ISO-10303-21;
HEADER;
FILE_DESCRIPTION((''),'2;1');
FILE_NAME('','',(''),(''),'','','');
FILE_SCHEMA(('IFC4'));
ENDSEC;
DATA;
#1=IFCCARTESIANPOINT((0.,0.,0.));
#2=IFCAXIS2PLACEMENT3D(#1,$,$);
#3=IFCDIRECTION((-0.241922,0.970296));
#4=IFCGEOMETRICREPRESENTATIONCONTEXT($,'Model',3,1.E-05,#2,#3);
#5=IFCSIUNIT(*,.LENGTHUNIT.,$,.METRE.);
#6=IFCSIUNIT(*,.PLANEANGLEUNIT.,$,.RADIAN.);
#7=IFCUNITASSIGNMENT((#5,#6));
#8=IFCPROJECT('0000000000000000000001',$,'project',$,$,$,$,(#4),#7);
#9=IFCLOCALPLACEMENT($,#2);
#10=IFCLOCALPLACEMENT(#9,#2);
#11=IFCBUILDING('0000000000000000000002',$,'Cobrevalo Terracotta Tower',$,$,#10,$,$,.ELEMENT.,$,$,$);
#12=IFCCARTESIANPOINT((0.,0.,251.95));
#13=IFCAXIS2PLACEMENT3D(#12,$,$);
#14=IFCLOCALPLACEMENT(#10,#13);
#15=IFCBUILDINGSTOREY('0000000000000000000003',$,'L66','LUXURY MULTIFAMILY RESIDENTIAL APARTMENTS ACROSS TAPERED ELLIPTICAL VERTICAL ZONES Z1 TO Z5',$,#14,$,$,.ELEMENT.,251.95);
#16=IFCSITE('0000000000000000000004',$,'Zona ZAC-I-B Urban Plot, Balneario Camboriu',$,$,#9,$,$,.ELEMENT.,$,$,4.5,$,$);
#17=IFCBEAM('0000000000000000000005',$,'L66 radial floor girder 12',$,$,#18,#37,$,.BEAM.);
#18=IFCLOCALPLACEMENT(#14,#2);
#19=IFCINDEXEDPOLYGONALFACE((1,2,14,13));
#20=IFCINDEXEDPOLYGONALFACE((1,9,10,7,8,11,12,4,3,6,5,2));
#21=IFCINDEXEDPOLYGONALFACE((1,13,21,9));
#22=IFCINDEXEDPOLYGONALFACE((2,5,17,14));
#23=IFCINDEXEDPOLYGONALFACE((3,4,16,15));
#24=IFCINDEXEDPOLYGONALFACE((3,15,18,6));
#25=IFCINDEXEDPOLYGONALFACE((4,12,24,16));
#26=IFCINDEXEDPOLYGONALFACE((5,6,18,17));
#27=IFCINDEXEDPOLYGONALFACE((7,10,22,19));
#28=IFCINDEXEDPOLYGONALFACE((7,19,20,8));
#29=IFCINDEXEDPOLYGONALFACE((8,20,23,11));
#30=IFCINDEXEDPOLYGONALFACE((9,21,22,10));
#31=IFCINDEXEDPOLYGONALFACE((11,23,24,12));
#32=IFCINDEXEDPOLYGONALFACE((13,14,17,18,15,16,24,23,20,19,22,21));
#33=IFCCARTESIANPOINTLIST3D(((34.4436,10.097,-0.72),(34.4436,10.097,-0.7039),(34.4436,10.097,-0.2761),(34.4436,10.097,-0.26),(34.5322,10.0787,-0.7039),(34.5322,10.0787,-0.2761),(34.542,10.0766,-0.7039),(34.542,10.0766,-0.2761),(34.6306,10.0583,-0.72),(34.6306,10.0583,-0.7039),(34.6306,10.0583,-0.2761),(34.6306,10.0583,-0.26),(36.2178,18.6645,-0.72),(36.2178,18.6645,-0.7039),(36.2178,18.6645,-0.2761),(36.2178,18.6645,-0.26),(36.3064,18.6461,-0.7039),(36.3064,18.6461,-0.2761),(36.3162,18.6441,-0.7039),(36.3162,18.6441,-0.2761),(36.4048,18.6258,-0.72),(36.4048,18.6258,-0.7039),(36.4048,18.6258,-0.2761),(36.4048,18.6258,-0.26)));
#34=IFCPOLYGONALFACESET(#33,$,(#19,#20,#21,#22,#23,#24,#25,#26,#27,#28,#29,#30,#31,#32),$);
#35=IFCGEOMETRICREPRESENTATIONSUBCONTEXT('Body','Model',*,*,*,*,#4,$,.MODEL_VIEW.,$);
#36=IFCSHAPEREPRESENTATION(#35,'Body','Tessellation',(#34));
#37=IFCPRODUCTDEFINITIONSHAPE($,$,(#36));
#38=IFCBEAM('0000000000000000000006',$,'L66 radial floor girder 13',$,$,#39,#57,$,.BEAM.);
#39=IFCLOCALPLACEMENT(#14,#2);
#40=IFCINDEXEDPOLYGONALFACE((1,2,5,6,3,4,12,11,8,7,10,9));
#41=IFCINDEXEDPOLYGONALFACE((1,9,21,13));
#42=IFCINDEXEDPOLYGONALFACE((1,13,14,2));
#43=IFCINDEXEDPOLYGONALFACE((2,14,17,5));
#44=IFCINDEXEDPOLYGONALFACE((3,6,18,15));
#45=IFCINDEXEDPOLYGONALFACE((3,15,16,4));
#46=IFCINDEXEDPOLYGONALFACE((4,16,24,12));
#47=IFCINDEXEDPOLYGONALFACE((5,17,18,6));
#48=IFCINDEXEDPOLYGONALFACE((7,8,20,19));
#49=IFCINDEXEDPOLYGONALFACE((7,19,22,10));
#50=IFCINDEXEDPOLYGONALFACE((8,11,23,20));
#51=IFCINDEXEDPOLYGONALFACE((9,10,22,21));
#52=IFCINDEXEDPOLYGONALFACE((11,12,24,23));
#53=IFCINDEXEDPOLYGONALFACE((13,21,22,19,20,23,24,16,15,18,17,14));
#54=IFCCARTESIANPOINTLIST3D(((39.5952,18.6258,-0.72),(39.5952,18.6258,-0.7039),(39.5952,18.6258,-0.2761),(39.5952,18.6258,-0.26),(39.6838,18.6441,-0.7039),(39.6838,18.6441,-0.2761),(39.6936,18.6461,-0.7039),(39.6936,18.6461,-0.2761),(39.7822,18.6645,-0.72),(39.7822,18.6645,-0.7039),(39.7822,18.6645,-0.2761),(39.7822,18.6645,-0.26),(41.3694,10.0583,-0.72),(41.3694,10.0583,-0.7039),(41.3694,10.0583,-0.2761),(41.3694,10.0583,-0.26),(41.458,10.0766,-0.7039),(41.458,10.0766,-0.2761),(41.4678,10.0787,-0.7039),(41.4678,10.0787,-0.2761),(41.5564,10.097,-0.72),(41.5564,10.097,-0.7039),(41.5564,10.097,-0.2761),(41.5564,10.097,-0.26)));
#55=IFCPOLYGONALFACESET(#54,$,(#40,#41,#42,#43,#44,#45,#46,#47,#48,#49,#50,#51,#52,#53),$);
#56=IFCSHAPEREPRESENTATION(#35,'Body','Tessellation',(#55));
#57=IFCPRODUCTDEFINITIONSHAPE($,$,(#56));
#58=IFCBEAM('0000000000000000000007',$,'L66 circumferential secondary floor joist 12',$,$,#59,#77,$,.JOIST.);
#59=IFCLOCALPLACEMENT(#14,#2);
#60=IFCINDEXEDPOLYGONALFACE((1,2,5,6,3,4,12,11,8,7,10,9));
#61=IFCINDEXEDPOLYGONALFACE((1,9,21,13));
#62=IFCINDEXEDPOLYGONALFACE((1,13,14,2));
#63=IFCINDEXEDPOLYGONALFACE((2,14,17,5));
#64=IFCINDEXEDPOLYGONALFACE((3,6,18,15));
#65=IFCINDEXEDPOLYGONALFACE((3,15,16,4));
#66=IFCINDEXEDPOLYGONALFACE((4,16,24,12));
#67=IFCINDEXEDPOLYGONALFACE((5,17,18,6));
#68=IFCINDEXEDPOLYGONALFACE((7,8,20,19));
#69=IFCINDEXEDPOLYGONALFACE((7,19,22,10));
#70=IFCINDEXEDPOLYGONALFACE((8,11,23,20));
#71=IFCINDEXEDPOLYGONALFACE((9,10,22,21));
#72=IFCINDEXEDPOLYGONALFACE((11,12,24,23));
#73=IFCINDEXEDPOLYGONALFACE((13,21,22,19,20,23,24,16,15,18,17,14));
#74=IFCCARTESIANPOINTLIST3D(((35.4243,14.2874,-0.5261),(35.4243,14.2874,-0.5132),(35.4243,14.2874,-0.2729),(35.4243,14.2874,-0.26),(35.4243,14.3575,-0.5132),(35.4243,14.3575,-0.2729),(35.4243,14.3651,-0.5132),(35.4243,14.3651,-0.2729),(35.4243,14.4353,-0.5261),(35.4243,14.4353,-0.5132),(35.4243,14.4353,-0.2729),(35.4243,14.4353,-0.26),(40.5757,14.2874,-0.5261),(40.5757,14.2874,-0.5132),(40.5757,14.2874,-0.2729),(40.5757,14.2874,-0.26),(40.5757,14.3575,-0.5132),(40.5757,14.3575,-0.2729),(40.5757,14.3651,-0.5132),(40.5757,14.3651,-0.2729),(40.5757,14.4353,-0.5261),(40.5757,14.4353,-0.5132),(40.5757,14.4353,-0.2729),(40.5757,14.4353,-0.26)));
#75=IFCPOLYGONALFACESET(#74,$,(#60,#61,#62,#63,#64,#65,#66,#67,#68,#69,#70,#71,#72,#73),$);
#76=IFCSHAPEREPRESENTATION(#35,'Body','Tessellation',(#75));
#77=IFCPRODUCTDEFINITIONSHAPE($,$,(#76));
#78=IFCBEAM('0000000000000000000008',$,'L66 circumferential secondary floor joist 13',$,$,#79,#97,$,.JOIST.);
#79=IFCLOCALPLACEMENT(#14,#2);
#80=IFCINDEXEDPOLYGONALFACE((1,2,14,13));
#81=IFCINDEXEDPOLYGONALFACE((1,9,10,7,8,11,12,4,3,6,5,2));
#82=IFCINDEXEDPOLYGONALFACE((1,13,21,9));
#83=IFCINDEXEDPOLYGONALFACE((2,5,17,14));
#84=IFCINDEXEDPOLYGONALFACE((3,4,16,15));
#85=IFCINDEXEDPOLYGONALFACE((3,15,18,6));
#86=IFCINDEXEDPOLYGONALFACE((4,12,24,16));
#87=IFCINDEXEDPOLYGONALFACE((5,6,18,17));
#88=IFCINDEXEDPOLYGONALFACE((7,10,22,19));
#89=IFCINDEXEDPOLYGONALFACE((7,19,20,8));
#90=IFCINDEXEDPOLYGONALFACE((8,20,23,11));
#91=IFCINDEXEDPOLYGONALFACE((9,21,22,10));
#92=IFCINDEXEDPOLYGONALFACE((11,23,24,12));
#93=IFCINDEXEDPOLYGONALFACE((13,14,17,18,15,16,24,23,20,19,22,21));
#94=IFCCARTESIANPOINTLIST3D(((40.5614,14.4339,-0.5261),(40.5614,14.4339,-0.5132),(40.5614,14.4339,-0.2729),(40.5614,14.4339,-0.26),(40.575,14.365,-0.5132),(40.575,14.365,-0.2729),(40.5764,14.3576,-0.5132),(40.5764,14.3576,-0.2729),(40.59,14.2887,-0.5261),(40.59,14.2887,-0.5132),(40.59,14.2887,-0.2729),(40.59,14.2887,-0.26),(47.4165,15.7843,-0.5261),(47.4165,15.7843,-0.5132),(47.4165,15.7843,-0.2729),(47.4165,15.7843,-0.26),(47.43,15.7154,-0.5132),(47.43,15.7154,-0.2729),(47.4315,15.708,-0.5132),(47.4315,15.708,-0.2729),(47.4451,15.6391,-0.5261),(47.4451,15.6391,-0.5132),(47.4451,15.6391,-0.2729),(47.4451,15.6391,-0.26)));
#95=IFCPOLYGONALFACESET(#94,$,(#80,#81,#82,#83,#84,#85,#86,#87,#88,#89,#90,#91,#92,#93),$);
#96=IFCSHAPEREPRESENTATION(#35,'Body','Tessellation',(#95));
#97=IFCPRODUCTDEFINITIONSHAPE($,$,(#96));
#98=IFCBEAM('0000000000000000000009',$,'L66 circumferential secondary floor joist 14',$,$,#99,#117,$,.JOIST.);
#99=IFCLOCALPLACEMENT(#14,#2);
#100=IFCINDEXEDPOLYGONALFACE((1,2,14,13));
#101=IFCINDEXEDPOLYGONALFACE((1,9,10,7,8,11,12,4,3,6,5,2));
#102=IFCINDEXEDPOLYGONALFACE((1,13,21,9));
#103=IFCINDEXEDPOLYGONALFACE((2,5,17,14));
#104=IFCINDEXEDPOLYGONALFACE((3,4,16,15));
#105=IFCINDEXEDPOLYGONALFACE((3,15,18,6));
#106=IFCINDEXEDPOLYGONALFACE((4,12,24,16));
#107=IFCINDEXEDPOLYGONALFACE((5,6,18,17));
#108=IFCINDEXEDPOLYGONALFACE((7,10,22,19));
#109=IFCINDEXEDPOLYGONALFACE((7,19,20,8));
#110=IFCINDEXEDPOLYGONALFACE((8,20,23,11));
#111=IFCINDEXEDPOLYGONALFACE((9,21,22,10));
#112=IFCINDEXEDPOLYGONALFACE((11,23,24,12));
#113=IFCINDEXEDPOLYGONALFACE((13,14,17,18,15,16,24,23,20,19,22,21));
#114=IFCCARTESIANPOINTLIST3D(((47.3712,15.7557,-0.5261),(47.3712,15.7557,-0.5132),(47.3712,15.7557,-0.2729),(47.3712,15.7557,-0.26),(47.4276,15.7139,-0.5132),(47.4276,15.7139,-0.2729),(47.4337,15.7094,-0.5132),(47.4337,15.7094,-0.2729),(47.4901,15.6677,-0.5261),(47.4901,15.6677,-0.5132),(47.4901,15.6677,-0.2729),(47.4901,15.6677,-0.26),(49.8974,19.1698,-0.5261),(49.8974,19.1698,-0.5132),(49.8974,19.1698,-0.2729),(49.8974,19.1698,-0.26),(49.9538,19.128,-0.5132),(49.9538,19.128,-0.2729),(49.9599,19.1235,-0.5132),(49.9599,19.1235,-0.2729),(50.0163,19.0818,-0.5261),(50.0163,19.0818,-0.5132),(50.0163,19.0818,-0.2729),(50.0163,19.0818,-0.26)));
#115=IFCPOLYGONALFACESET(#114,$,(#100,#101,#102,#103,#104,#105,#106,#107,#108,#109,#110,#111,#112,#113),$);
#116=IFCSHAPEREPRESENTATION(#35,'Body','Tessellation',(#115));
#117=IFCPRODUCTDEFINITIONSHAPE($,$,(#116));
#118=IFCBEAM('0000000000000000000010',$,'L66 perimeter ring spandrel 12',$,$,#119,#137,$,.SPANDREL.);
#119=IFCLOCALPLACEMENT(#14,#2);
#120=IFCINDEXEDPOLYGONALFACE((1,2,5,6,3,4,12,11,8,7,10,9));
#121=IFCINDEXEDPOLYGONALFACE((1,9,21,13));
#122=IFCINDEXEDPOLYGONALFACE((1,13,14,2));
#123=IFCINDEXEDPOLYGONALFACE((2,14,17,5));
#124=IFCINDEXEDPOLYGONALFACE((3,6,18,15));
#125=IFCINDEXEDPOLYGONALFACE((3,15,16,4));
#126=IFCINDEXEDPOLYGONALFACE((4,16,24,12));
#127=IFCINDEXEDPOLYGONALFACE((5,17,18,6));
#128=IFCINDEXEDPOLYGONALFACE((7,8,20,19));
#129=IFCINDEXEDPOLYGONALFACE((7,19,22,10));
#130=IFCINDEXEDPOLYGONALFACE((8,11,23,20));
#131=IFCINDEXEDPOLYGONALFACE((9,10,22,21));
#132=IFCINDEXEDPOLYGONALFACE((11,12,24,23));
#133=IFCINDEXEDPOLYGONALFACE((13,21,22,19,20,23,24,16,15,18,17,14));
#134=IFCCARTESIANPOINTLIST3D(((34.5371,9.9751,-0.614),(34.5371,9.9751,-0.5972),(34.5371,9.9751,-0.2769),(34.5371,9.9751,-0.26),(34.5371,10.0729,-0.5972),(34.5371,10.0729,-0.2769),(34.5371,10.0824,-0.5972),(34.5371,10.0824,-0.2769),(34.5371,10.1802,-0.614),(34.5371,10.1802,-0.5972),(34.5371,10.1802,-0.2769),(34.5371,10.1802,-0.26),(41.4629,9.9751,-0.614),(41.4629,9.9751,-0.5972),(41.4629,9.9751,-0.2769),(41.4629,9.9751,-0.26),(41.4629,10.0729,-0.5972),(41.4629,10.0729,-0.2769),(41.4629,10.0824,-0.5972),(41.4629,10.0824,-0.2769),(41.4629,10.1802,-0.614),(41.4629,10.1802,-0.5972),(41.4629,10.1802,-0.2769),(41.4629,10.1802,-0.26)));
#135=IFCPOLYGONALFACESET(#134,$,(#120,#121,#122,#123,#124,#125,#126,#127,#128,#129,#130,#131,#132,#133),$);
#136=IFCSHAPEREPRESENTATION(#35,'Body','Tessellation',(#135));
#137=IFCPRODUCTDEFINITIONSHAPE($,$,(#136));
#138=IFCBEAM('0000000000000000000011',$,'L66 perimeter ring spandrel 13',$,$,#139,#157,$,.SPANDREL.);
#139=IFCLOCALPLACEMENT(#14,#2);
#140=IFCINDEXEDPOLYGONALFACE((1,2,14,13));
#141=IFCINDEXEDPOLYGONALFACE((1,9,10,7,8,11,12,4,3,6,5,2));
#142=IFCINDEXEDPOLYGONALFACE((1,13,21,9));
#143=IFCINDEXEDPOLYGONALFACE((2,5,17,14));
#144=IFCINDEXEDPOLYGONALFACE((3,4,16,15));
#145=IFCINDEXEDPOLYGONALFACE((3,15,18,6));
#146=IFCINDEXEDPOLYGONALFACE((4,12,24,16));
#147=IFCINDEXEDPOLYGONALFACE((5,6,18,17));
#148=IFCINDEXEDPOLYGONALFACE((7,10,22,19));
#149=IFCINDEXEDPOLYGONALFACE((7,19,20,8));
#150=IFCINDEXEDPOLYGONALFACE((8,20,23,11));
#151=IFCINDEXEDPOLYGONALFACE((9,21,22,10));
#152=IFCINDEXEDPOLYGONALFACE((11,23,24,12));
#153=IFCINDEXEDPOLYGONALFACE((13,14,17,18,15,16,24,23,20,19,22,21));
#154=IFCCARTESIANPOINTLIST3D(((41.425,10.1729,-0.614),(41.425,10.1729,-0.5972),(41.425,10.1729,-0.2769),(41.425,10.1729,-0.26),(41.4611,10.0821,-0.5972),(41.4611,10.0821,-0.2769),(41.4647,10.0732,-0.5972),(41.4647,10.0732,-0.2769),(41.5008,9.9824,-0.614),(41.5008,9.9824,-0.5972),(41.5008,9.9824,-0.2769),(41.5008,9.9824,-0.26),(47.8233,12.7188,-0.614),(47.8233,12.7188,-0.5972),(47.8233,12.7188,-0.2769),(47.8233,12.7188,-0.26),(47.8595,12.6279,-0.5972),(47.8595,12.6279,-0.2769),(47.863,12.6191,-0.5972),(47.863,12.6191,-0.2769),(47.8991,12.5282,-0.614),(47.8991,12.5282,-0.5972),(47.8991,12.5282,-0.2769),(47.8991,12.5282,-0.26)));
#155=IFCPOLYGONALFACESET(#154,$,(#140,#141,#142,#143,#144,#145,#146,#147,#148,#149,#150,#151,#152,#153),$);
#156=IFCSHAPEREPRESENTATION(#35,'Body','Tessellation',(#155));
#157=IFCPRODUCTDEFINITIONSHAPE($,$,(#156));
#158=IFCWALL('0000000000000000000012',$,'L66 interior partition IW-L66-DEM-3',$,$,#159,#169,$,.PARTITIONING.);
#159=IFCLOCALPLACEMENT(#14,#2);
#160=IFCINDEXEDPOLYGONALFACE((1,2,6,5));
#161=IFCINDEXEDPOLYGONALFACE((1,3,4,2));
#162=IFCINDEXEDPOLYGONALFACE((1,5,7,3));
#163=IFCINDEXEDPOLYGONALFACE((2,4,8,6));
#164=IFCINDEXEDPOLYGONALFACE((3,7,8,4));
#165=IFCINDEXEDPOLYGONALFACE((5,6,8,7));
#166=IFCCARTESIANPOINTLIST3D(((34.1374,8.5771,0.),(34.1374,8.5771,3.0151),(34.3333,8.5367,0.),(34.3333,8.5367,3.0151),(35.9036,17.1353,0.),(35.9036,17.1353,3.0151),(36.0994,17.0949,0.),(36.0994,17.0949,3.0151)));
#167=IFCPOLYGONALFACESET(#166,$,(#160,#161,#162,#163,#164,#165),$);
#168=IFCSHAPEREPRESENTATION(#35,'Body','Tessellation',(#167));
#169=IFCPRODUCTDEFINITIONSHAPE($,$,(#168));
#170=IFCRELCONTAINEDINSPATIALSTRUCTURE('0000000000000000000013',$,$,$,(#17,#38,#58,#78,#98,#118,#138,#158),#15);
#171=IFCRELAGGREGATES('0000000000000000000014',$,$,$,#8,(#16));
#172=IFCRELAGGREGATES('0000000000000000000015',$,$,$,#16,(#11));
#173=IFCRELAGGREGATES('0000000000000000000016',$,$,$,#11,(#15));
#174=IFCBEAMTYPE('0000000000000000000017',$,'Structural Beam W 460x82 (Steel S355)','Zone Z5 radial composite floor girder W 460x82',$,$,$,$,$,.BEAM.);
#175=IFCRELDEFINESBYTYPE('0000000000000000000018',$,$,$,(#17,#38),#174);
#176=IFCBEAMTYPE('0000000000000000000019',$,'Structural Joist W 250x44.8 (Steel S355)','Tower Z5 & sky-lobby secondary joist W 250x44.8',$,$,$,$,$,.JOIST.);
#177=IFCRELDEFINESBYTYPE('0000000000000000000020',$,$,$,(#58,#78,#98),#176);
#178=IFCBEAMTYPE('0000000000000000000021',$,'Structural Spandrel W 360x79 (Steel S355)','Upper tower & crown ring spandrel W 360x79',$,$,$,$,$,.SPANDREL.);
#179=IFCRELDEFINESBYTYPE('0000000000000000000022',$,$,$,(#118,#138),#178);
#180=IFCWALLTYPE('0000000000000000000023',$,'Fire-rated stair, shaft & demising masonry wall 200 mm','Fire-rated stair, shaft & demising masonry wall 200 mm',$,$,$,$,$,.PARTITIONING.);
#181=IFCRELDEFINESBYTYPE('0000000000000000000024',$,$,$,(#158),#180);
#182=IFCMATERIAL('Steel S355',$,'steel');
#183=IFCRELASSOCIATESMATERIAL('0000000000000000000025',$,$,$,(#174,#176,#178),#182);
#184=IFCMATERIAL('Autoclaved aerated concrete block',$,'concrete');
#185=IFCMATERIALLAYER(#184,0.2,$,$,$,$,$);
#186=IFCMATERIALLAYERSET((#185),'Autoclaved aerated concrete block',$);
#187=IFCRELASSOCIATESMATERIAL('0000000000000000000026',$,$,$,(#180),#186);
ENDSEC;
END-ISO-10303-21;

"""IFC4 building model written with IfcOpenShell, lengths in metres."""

from ifc_helpers import new_model, si_unit, direction, frame, frame_2d, origin, origin_2d, place, context, subcontext, project, spatial, rectangle, i_section, extrude, material, layer, layer_set, material_profile, profile_set, type_object, element, save


model = new_model("IFC4")

# Units and contexts
model_context = context("Model", 3, precision=1e-05, world=origin(), true_north=direction((-0.241922, 0.970296)))
body_context = subcontext(model_context, "Body", "Model", "MODEL_VIEW")
ifc_project = project(units=[si_unit("LENGTHUNIT", "METRE"), si_unit("PLANEANGLEUNIT", "RADIAN")], contexts=[model_context])

# Site, building, storey
site_placement = place(None, origin())
site = spatial("IfcSite", under=ifc_project, at=site_placement, Name="Zona ZAC-I-B Urban Plot, Balneario Camboriu", CompositionType="ELEMENT", RefElevation=4.5)
building_placement = place(site_placement, origin())
building = spatial("IfcBuilding", under=site, at=building_placement, Name="Cobrevalo Terracotta Tower", CompositionType="ELEMENT")
storey_placement = place(building_placement, frame((0.0, 0.0, 251.95)))
storey = spatial("IfcBuildingStorey", under=building, at=storey_placement, Name="L66", Description="LUXURY MULTIFAMILY RESIDENTIAL APARTMENTS ACROSS TAPERED ELLIPTICAL VERTICAL ZONES Z1 TO Z5", CompositionType="ELEMENT", Elevation=251.95)

# Shared definitions
ifc_material_1 = material(Name="Steel S355", Category="steel")

# Beams
ifc_material_profile_1 = material_profile(ifc_material_1, i_section(OverallWidth=0.1909, OverallDepth=0.46, WebThickness=0.01, FlangeThickness=0.0161, at=origin_2d()), Name="W 460x82")
ifc_profile_set_1 = profile_set([ifc_material_profile_1], Name="Steel S355")
beam_type_1 = type_object("IfcBeamType", Name="Structural Beam W 460x82 (Steel S355)", Description="Zone Z5 radial composite floor girder W 460x82", PredefinedType="BEAM", material=ifc_profile_set_1)
for number, where, z_axis, x_axis, name in (
    (1, (34.5371, 10.0776, -0.49), (0.202782, 0.979224, 0.0), (-0.979224, 0.202782, 0.0), "L66 radial floor girder 12"),
    (2, (41.4629, 10.0776, -0.49), (-0.202782, 0.979224, 0.0), (-0.979224, -0.202782, 0.0), "L66 radial floor girder 13"),
):
    element("IfcBeam", number, at=place(storey_placement, frame(where, z_axis=z_axis, x_axis=x_axis)), inside=storey, type_object=beam_type_1, Name=name, PredefinedType="BEAM", context=body_context, shape_type="SweptSolid", body=[
        extrude(i_section(OverallWidth=0.1909, OverallDepth=0.46, WebThickness=0.01, FlangeThickness=0.0161, at=origin_2d()), origin(), (0.0, 0.0, 1.0), 8.7493),
    ])
ifc_material_profile_2 = material_profile(ifc_material_1, i_section(OverallWidth=0.1479, OverallDepth=0.2661, WebThickness=0.0076, FlangeThickness=0.0129, at=origin_2d()), Name="W 250x44.8")
ifc_profile_set_2 = profile_set([ifc_material_profile_2], Name="Steel S355")
beam_type_2 = type_object("IfcBeamType", Name="Structural Joist W 250x44.8 (Steel S355)", Description="Tower Z5 & sky-lobby secondary joist W 250x44.8", PredefinedType="JOIST", material=ifc_profile_set_2)
beam_1_placement = place(storey_placement, frame((35.4243, 14.3613, -0.3931), z_axis=(1.0, 0.0, 0.0), x_axis=(0.0, 1.0, 0.0)))
element("IfcBeam", 3, at=beam_1_placement, inside=storey, type_object=beam_type_2, Name="L66 circumferential secondary floor joist 12", PredefinedType="JOIST", context=body_context, shape_type="SweptSolid", body=[
    extrude(i_section(OverallWidth=0.1479, OverallDepth=0.2661, WebThickness=0.0076, FlangeThickness=0.0129, at=origin_2d()), origin(), (0.0, 0.0, 1.0), 5.1514),
])
beam_2_placement = place(storey_placement, frame((40.5757, 14.3613, -0.3931), z_axis=(0.981145, 0.193273, 0.0), x_axis=(-0.193273, 0.981145, 0.0)))
element("IfcBeam", 4, at=beam_2_placement, inside=storey, type_object=beam_type_2, Name="L66 circumferential secondary floor joist 13", PredefinedType="JOIST", context=body_context, shape_type="SweptSolid", body=[
    extrude(i_section(OverallWidth=0.1479, OverallDepth=0.2661, WebThickness=0.0076, FlangeThickness=0.0129, at=origin_2d()), origin(), (0.0, 0.0, 1.0), 6.9868),
])
beam_3_placement = place(storey_placement, frame((47.4307, 15.7117, -0.3931), z_axis=(0.5948, 0.803874, 0.0), x_axis=(-0.803874, 0.5948, 0.0)))
element("IfcBeam", 5, at=beam_3_placement, inside=storey, type_object=beam_type_2, Name="L66 circumferential secondary floor joist 14", PredefinedType="JOIST", context=body_context, shape_type="SweptSolid", body=[
    extrude(i_section(OverallWidth=0.1479, OverallDepth=0.2661, WebThickness=0.0076, FlangeThickness=0.0129, at=origin_2d()), origin(), (0.0, 0.0, 1.0), 4.2471),
])
ifc_material_profile_3 = material_profile(ifc_material_1, i_section(OverallWidth=0.2051, OverallDepth=0.354, WebThickness=0.0095, FlangeThickness=0.0168, at=origin_2d()), Name="W 360x79")
ifc_profile_set_3 = profile_set([ifc_material_profile_3], Name="Steel S355")
beam_type_3 = type_object("IfcBeamType", Name="Structural Spandrel W 360x79 (Steel S355)", Description="Upper tower & crown ring spandrel W 360x79", PredefinedType="SPANDREL", material=ifc_profile_set_3)
beam_4_placement = place(storey_placement, frame((34.5371, 10.0776, -0.437), z_axis=(1.0, 0.0, 0.0), x_axis=(0.0, 1.0, 0.0)))
element("IfcBeam", 6, at=beam_4_placement, inside=storey, type_object=beam_type_3, Name="L66 perimeter ring spandrel 12", PredefinedType="SPANDREL", context=body_context, shape_type="SweptSolid", body=[
    extrude(i_section(OverallWidth=0.2051, OverallDepth=0.354, WebThickness=0.0095, FlangeThickness=0.0168, at=origin_2d()), origin(), (0.0, 0.0, 1.0), 6.9258),
])
beam_5_placement = place(storey_placement, frame((41.4629, 10.0776, -0.437), z_axis=(0.92915, 0.369703, 0.0), x_axis=(-0.369703, 0.92915, 0.0)))
element("IfcBeam", 7, at=beam_5_placement, inside=storey, type_object=beam_type_3, Name="L66 perimeter ring spandrel 13", PredefinedType="SPANDREL", context=body_context, shape_type="SweptSolid", body=[
    extrude(i_section(OverallWidth=0.2051, OverallDepth=0.354, WebThickness=0.0095, FlangeThickness=0.0168, at=origin_2d()), origin(), (0.0, 0.0, 1.0), 6.8862),
])

# Wall
ifc_material_2 = material(Name="Autoclaved aerated concrete block", Category="concrete")
ifc_layer_1 = layer(ifc_material_2, 0.2)
ifc_layer_set_1 = layer_set([ifc_layer_1], Name="Autoclaved aerated concrete block")
wall_type_1 = type_object("IfcWallType", Name="Fire-rated stair, shaft & demising masonry wall 200 mm", Description="Fire-rated stair, shaft & demising masonry wall 200 mm", PredefinedType="PARTITIONING", material=ifc_layer_set_1)
wall_1_placement = place(storey_placement, frame((36.0015, 17.115, 0.0), z_axis=(0.0, 0.0, 1.0), x_axis=(-0.202109, -0.979363, 0.0)))
element("IfcWall", 8, at=wall_1_placement, inside=storey, type_object=wall_type_1, Name="L66 interior partition IW-L66-DEM-3", PredefinedType="PARTITIONING", context=body_context, shape_type="SweptSolid", body=[
    extrude(rectangle(XDim=8.7385, YDim=0.2, at=frame_2d((4.3691, 0.0))), origin(), (0.0, 0.0, 1.0), 3.0151),
])

save(model, "model.ifc")
